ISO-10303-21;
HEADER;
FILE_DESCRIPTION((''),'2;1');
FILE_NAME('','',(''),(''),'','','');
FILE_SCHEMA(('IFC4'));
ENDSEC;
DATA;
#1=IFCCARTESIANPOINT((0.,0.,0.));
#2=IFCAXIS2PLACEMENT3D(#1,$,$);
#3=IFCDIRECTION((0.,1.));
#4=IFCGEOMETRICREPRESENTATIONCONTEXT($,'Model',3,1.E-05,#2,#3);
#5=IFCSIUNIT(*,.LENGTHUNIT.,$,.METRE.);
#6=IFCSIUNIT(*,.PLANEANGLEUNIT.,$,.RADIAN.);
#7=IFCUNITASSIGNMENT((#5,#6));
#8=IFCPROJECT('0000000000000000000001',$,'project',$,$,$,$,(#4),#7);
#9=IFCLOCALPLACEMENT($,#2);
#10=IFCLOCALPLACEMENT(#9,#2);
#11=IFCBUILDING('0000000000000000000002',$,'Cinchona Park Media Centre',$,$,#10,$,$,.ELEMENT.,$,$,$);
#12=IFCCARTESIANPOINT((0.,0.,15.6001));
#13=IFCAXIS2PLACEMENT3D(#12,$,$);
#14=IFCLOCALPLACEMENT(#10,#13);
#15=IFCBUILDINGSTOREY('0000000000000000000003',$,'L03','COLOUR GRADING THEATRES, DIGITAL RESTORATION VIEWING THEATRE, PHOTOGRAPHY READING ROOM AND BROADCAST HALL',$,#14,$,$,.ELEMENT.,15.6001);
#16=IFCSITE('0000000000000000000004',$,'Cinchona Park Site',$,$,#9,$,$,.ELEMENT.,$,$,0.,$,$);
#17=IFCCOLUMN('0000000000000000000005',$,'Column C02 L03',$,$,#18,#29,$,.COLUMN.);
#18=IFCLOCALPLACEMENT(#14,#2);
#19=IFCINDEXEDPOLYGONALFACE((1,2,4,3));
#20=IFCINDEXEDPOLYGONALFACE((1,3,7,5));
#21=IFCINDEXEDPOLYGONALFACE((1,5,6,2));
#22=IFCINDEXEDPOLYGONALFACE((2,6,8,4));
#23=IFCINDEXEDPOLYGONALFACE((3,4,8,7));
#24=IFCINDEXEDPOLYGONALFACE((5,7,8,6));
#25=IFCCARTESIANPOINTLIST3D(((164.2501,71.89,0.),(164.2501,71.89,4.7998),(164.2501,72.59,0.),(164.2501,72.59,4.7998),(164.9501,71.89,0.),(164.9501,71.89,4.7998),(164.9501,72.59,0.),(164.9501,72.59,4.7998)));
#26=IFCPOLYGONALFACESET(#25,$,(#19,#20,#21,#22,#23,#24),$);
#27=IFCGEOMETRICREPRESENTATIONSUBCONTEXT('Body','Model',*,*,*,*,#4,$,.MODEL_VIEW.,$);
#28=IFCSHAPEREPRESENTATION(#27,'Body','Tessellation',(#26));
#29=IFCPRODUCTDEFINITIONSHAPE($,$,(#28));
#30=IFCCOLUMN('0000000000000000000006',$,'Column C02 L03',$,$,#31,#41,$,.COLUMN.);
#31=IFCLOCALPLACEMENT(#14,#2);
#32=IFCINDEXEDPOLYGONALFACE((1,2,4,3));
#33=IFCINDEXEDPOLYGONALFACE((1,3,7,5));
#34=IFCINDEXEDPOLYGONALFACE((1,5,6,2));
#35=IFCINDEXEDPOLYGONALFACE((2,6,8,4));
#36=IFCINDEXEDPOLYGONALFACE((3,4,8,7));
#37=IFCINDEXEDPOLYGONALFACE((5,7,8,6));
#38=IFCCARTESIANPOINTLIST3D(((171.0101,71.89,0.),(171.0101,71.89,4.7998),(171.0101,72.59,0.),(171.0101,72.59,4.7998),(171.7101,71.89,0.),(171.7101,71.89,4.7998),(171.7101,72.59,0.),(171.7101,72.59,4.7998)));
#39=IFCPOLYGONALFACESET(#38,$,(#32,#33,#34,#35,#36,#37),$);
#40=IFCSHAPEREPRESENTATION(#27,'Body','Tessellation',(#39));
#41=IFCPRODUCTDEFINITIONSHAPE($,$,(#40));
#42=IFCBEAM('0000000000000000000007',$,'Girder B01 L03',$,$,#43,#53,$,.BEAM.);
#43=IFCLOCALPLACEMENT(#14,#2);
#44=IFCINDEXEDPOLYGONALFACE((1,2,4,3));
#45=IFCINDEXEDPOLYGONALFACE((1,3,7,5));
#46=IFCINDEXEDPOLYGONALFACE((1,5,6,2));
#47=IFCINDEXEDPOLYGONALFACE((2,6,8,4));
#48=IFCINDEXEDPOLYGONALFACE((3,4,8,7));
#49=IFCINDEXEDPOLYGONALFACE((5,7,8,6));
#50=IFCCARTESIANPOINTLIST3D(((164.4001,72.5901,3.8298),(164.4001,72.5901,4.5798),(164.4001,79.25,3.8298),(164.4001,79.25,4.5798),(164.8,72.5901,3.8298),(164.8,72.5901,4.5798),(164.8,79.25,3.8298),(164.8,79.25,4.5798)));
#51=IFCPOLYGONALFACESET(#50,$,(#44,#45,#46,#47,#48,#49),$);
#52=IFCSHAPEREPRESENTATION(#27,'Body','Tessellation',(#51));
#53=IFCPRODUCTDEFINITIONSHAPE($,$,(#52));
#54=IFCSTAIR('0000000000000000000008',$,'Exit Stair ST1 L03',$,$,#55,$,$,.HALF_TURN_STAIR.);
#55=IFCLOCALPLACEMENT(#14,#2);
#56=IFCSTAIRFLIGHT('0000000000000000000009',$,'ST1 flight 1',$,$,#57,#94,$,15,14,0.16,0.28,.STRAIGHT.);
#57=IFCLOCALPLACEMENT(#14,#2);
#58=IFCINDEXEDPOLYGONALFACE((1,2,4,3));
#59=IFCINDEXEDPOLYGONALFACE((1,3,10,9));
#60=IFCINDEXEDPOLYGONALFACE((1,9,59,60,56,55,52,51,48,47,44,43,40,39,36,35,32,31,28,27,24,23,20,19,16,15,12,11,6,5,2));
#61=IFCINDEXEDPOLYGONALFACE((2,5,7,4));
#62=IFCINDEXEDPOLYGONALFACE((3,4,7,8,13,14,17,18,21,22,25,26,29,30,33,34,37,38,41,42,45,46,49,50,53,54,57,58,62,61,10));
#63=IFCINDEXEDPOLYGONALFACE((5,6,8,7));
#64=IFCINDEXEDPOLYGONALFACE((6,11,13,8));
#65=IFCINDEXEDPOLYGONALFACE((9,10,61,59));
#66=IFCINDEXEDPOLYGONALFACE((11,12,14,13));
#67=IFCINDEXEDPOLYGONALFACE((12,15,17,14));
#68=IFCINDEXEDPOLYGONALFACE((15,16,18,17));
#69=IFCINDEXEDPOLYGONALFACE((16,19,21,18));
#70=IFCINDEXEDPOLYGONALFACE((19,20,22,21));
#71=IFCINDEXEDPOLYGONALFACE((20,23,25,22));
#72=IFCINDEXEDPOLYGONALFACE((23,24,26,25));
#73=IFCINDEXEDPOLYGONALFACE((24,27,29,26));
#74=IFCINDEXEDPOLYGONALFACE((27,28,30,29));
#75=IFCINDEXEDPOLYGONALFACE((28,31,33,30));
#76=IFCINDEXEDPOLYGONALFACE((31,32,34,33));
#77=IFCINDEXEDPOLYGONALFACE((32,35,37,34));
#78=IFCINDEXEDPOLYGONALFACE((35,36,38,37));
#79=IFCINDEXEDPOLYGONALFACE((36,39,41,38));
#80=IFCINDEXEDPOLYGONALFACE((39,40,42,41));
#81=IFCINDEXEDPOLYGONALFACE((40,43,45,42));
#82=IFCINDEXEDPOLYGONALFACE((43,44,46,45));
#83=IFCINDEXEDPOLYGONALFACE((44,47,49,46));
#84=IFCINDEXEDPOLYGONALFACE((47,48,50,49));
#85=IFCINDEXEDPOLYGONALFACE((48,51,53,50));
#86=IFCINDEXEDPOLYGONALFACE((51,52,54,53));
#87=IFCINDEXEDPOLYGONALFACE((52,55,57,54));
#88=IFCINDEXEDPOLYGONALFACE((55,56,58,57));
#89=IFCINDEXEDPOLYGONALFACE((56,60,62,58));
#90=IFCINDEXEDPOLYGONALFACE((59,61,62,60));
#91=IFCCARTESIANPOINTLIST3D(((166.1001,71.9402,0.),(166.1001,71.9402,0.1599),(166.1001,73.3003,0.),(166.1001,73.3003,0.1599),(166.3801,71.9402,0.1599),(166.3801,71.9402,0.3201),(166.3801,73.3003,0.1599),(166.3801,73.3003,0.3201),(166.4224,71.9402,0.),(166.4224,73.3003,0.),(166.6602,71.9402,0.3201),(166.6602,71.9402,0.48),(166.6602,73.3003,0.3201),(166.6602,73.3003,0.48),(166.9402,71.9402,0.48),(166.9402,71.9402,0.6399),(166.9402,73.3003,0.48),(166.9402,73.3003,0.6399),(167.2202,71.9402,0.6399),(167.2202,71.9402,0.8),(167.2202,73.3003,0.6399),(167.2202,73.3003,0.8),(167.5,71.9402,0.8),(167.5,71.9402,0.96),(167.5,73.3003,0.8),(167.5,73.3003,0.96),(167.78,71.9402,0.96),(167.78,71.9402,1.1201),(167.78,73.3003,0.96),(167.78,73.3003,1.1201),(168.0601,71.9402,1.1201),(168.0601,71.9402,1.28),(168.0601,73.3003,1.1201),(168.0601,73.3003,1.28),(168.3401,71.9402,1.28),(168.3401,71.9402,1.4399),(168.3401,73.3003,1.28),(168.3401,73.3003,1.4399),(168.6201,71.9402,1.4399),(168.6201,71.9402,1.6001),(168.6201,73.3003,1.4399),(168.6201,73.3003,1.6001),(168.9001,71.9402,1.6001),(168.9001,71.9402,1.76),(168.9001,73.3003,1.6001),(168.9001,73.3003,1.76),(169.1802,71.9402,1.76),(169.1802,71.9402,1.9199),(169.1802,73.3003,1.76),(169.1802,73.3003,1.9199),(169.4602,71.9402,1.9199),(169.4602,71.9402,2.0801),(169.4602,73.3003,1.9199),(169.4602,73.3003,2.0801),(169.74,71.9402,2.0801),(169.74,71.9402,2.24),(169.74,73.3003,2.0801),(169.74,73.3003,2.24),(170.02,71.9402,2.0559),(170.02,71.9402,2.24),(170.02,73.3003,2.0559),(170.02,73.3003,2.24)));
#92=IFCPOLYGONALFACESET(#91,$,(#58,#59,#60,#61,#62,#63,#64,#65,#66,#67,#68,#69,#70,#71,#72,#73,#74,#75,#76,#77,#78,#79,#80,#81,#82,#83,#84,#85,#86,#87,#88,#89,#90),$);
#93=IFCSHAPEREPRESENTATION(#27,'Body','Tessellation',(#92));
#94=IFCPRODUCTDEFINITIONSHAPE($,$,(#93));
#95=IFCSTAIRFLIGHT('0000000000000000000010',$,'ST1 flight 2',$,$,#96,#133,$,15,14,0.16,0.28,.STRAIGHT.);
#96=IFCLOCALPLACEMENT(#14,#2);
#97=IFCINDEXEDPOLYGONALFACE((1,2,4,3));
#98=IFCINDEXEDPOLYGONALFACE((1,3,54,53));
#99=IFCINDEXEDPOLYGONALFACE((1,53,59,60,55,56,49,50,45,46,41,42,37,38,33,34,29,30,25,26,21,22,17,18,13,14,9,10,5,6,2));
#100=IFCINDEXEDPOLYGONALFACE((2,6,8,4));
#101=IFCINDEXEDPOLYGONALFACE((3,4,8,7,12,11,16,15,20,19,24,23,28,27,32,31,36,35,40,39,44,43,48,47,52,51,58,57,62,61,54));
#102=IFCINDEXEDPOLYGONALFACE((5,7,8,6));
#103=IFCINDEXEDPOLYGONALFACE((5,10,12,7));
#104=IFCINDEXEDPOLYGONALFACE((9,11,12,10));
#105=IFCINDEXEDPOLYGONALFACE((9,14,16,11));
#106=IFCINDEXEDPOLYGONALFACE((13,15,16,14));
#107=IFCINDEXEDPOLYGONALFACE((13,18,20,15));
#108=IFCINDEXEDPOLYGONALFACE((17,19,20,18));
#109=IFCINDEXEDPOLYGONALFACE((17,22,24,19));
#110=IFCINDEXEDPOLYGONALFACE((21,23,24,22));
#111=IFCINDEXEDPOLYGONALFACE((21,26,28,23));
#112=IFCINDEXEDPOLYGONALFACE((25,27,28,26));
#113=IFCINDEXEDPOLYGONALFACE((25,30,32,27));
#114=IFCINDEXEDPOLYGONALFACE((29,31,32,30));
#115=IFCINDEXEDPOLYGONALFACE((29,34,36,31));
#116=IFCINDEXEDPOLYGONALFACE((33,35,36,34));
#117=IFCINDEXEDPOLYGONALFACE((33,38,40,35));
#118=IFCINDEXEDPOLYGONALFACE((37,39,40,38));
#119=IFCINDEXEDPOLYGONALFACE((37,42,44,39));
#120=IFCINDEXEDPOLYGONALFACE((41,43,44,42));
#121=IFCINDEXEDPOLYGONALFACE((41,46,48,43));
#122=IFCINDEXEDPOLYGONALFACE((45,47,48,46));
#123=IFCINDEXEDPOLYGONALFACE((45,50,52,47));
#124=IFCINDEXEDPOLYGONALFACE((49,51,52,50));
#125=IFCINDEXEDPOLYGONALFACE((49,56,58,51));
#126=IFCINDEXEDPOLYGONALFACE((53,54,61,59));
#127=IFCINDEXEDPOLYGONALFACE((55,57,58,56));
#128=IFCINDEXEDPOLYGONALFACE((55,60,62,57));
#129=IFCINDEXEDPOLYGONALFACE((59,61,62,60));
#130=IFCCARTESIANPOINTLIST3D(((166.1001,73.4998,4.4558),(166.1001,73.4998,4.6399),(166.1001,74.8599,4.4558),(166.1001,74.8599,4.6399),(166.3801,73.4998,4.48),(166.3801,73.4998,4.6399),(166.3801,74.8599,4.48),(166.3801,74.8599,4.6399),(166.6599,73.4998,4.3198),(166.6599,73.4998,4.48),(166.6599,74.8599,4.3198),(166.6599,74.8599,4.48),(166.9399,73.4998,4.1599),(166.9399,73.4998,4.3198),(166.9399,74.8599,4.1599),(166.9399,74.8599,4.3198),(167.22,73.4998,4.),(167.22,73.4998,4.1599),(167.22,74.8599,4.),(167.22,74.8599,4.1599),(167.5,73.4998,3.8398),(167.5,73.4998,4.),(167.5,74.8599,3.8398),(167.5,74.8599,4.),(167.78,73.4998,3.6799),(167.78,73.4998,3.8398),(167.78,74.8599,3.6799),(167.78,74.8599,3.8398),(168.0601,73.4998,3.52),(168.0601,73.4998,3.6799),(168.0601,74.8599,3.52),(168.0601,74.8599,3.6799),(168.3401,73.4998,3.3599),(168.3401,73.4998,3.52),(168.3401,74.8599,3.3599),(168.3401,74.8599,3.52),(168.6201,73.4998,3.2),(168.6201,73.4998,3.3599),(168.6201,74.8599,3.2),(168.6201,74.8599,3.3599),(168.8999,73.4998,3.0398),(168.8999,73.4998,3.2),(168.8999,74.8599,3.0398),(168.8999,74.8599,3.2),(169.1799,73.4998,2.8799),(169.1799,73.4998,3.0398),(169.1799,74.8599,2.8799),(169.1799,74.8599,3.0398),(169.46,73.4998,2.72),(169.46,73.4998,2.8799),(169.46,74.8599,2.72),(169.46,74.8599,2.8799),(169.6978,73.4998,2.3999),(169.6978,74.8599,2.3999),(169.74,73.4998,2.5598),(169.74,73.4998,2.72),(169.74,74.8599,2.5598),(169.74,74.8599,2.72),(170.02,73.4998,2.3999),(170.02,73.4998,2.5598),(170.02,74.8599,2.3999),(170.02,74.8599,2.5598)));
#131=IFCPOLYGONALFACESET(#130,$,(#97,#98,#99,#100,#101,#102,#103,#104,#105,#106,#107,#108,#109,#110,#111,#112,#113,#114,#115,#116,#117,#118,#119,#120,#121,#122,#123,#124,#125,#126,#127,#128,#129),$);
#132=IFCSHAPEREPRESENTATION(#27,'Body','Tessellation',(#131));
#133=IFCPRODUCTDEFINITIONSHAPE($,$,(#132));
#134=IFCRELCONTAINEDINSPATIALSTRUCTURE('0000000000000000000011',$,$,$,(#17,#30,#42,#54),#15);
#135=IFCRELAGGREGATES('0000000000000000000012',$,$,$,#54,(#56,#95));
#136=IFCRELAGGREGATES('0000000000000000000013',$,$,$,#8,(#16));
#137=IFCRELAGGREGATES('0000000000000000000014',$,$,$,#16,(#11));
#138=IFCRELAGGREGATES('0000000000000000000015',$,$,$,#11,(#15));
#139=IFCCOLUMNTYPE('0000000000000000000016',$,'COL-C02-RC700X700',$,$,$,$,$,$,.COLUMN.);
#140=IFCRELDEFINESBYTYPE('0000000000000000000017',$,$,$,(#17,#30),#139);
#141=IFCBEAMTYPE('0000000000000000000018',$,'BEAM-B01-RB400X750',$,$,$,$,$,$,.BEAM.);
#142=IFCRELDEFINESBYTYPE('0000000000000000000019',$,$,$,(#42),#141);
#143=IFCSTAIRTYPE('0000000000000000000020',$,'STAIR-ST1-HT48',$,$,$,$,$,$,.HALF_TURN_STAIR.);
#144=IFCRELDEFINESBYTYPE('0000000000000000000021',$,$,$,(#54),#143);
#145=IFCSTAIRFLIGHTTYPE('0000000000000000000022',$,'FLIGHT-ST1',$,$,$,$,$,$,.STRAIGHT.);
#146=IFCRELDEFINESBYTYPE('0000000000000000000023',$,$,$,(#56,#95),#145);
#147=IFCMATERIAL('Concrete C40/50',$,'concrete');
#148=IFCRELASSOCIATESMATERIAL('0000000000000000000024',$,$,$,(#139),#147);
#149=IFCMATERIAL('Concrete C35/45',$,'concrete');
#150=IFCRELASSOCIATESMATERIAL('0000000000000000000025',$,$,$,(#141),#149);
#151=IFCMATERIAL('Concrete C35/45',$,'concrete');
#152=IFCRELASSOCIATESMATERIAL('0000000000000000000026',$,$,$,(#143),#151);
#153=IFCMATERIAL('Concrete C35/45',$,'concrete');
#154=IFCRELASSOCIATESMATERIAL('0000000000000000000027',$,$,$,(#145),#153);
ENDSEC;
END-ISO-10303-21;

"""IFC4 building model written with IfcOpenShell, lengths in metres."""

from ifc_helpers import new_model, si_unit, direction, frame, origin, origin_2d, place, context, subcontext, project, spatial, polyline, rectangle, outline, extrude, material, material_profile, profile_set, type_object, element, aggregate, save


model = new_model("IFC4")

# Units and contexts
model_context = context("Model", 3, precision=1e-05, world=origin(), true_north=direction((0.0, 1.0)))
body_context = subcontext(model_context, "Body", "Model", "MODEL_VIEW")
ifc_project = project(units=[si_unit("LENGTHUNIT", "METRE"), si_unit("PLANEANGLEUNIT", "RADIAN")], contexts=[model_context])

# Site, building, storey
site_placement = place(None, origin())
site = spatial("IfcSite", under=ifc_project, at=site_placement, Name="Cinchona Park Site", CompositionType="ELEMENT", RefElevation=0.0)
building_placement = place(site_placement, origin())
building = spatial("IfcBuilding", under=site, at=building_placement, Name="Cinchona Park Media Centre", CompositionType="ELEMENT")
storey_placement = place(building_placement, frame((0.0, 0.0, 15.6001)))
storey = spatial("IfcBuildingStorey", under=building, at=storey_placement, Name="L03", Description="COLOUR GRADING THEATRES, DIGITAL RESTORATION VIEWING THEATRE, PHOTOGRAPHY READING ROOM AND BROADCAST HALL", CompositionType="ELEMENT", Elevation=15.6001)

# Columns
ifc_material_1 = material(Name="Concrete C40/50", Category="concrete")
ifc_material_profile_1 = material_profile(ifc_material_1, rectangle(XDim=0.7, YDim=0.7, at=origin_2d()), Name="RC 700X700")
ifc_profile_set_1 = profile_set([ifc_material_profile_1], Name="Concrete C40/50")
column_type = type_object("IfcColumnType", Name="COL-C02-RC700X700", PredefinedType="COLUMN", material=ifc_profile_set_1)
for number, where, z_axis, x_axis, name in (
    (1, (164.6001, 72.24, 0.0), (0.0, 0.0, 1.0), (1.0, 0.0, 0.0), "Column C02 L03"),
    (2, (171.3601, 72.24, 0.0), (0.0, 0.0, 1.0), (1.0, 0.0, 0.0), "Column C02 L03"),
):
    element("IfcColumn", number, at=place(storey_placement, frame(where, z_axis=z_axis, x_axis=x_axis)), inside=storey, type_object=column_type, Name=name, PredefinedType="COLUMN", context=body_context, shape_type="SweptSolid", body=[
        extrude(rectangle(XDim=0.7, YDim=0.7, at=origin_2d()), origin(), (0.0, 0.0, 1.0), 4.7998),
    ])

# Beam
ifc_material_2 = material(Name="Concrete C35/45", Category="concrete")
ifc_material_profile_2 = material_profile(ifc_material_2, rectangle(XDim=0.3999, YDim=0.75, at=origin_2d()), Name="RB 400X750")
ifc_profile_set_2 = profile_set([ifc_material_profile_2], Name="Concrete C35/45")
beam_type = type_object("IfcBeamType", Name="BEAM-B01-RB400X750", PredefinedType="BEAM", material=ifc_profile_set_2)
beam_placement = place(storey_placement, frame((164.6001, 72.5901, 4.2048), z_axis=(0.0, 1.0, 0.0), x_axis=(-1.0, 0.0, 0.0)))
element("IfcBeam", 3, at=beam_placement, inside=storey, type_object=beam_type, Name="Girder B01 L03", PredefinedType="BEAM", context=body_context, shape_type="SweptSolid", body=[
    extrude(rectangle(XDim=0.3999, YDim=0.75, at=origin_2d()), origin(), (0.0, 0.0, 1.0), 6.6599),
])

# Stair, stair flights
ifc_material_3 = material(Name="Concrete C35/45", Category="concrete")
stair_type = type_object("IfcStairType", Name="STAIR-ST1-HT48", PredefinedType="HALF_TURN_STAIR", material=ifc_material_3)
stair_placement = place(storey_placement, origin())
stair = element("IfcStair", 4, at=stair_placement, inside=storey, type_object=stair_type, Name="Exit Stair ST1 L03", PredefinedType="HALF_TURN_STAIR")
ifc_material_4 = material(Name="Concrete C35/45", Category="concrete")
stair_flight_type = type_object("IfcStairFlightType", Name="FLIGHT-ST1", PredefinedType="STRAIGHT", material=ifc_material_4)
stair_flight_1_placement = place(storey_placement, frame((166.1001, 72.6201, 0.0), z_axis=(0.0, 0.0, 1.0), x_axis=(1.0, 0.0, 0.0)))
stair_flight_1 = element("IfcStairFlight", 5, at=stair_flight_1_placement, type_object=stair_flight_type, Name="ST1 flight 1", NumberOfRisers=15, NumberOfTreads=14, PredefinedType="STRAIGHT", RiserHeight=0.16, TreadLength=0.28, context=body_context, shape_type="SweptSolid", body=[
    extrude(outline(polyline([(0.0, 0.0), (0.0, 0.1599), (0.28, 0.1599), (0.28, 0.3201), (0.5601, 0.3201), (0.5601, 0.48), (0.8401, 0.48), (0.8401, 0.6399), (1.1201, 0.6399), (1.1201, 0.8), (1.3999, 0.8), (1.3999, 0.96), (1.6799, 0.96), (1.6799, 1.1201), (1.96, 1.1201), (1.96, 1.28), (2.24, 1.28), (2.24, 1.4399), (2.52, 1.4399), (2.52, 1.6001), (2.8, 1.6001), (2.8, 1.76), (3.0801, 1.76), (3.0801, 1.9199), (3.3601, 1.9199), (3.3601, 2.0801), (3.6399, 2.0801), (3.6399, 2.24), (3.9199, 2.24), (3.9199, 2.3999), (3.9199, 2.0559), (0.3223, 0.0), (0.0, 0.0)])), frame((0.0, 0.6802, 0.0), z_axis=(0.0, -1.0, 0.0), x_axis=(1.0, 0.0, 0.0)), (0.0, 0.0, 1.0), 1.3601),
])
stair_flight_2_placement = place(storey_placement, frame((170.02, 74.1799, 2.3999), z_axis=(0.0, 0.0, 1.0), x_axis=(-1.0, 0.0, 0.0)))
stair_flight_2 = element("IfcStairFlight", 6, at=stair_flight_2_placement, type_object=stair_flight_type, Name="ST1 flight 2", NumberOfRisers=15, NumberOfTreads=14, PredefinedType="STRAIGHT", RiserHeight=0.16, TreadLength=0.28, context=body_context, shape_type="SweptSolid", body=[
    extrude(outline(polyline([(0.0, 0.0), (0.0, 0.1599), (0.28, 0.1599), (0.28, 0.3201), (0.5601, 0.3201), (0.5601, 0.48), (0.8401, 0.48), (0.8401, 0.6399), (1.1201, 0.6399), (1.1201, 0.8), (1.3999, 0.8), (1.3999, 0.96), (1.6799, 0.96), (1.6799, 1.1201), (1.96, 1.1201), (1.96, 1.28), (2.24, 1.28), (2.24, 1.4399), (2.52, 1.4399), (2.52, 1.6001), (2.8, 1.6001), (2.8, 1.76), (3.0801, 1.76), (3.0801, 1.9199), (3.3601, 1.9199), (3.3601, 2.0801), (3.6399, 2.0801), (3.6399, 2.24), (3.9199, 2.24), (3.9199, 2.3999), (3.9199, 2.0559), (0.3223, 0.0), (0.0, 0.0)])), frame((0.0, 0.6802, 0.0), z_axis=(0.0, -1.0, 0.0), x_axis=(1.0, 0.0, 0.0)), (0.0, 0.0, 1.0), 1.3601),
])
aggregate(stair, [stair_flight_1, stair_flight_2])

save(model, "model.ifc")
